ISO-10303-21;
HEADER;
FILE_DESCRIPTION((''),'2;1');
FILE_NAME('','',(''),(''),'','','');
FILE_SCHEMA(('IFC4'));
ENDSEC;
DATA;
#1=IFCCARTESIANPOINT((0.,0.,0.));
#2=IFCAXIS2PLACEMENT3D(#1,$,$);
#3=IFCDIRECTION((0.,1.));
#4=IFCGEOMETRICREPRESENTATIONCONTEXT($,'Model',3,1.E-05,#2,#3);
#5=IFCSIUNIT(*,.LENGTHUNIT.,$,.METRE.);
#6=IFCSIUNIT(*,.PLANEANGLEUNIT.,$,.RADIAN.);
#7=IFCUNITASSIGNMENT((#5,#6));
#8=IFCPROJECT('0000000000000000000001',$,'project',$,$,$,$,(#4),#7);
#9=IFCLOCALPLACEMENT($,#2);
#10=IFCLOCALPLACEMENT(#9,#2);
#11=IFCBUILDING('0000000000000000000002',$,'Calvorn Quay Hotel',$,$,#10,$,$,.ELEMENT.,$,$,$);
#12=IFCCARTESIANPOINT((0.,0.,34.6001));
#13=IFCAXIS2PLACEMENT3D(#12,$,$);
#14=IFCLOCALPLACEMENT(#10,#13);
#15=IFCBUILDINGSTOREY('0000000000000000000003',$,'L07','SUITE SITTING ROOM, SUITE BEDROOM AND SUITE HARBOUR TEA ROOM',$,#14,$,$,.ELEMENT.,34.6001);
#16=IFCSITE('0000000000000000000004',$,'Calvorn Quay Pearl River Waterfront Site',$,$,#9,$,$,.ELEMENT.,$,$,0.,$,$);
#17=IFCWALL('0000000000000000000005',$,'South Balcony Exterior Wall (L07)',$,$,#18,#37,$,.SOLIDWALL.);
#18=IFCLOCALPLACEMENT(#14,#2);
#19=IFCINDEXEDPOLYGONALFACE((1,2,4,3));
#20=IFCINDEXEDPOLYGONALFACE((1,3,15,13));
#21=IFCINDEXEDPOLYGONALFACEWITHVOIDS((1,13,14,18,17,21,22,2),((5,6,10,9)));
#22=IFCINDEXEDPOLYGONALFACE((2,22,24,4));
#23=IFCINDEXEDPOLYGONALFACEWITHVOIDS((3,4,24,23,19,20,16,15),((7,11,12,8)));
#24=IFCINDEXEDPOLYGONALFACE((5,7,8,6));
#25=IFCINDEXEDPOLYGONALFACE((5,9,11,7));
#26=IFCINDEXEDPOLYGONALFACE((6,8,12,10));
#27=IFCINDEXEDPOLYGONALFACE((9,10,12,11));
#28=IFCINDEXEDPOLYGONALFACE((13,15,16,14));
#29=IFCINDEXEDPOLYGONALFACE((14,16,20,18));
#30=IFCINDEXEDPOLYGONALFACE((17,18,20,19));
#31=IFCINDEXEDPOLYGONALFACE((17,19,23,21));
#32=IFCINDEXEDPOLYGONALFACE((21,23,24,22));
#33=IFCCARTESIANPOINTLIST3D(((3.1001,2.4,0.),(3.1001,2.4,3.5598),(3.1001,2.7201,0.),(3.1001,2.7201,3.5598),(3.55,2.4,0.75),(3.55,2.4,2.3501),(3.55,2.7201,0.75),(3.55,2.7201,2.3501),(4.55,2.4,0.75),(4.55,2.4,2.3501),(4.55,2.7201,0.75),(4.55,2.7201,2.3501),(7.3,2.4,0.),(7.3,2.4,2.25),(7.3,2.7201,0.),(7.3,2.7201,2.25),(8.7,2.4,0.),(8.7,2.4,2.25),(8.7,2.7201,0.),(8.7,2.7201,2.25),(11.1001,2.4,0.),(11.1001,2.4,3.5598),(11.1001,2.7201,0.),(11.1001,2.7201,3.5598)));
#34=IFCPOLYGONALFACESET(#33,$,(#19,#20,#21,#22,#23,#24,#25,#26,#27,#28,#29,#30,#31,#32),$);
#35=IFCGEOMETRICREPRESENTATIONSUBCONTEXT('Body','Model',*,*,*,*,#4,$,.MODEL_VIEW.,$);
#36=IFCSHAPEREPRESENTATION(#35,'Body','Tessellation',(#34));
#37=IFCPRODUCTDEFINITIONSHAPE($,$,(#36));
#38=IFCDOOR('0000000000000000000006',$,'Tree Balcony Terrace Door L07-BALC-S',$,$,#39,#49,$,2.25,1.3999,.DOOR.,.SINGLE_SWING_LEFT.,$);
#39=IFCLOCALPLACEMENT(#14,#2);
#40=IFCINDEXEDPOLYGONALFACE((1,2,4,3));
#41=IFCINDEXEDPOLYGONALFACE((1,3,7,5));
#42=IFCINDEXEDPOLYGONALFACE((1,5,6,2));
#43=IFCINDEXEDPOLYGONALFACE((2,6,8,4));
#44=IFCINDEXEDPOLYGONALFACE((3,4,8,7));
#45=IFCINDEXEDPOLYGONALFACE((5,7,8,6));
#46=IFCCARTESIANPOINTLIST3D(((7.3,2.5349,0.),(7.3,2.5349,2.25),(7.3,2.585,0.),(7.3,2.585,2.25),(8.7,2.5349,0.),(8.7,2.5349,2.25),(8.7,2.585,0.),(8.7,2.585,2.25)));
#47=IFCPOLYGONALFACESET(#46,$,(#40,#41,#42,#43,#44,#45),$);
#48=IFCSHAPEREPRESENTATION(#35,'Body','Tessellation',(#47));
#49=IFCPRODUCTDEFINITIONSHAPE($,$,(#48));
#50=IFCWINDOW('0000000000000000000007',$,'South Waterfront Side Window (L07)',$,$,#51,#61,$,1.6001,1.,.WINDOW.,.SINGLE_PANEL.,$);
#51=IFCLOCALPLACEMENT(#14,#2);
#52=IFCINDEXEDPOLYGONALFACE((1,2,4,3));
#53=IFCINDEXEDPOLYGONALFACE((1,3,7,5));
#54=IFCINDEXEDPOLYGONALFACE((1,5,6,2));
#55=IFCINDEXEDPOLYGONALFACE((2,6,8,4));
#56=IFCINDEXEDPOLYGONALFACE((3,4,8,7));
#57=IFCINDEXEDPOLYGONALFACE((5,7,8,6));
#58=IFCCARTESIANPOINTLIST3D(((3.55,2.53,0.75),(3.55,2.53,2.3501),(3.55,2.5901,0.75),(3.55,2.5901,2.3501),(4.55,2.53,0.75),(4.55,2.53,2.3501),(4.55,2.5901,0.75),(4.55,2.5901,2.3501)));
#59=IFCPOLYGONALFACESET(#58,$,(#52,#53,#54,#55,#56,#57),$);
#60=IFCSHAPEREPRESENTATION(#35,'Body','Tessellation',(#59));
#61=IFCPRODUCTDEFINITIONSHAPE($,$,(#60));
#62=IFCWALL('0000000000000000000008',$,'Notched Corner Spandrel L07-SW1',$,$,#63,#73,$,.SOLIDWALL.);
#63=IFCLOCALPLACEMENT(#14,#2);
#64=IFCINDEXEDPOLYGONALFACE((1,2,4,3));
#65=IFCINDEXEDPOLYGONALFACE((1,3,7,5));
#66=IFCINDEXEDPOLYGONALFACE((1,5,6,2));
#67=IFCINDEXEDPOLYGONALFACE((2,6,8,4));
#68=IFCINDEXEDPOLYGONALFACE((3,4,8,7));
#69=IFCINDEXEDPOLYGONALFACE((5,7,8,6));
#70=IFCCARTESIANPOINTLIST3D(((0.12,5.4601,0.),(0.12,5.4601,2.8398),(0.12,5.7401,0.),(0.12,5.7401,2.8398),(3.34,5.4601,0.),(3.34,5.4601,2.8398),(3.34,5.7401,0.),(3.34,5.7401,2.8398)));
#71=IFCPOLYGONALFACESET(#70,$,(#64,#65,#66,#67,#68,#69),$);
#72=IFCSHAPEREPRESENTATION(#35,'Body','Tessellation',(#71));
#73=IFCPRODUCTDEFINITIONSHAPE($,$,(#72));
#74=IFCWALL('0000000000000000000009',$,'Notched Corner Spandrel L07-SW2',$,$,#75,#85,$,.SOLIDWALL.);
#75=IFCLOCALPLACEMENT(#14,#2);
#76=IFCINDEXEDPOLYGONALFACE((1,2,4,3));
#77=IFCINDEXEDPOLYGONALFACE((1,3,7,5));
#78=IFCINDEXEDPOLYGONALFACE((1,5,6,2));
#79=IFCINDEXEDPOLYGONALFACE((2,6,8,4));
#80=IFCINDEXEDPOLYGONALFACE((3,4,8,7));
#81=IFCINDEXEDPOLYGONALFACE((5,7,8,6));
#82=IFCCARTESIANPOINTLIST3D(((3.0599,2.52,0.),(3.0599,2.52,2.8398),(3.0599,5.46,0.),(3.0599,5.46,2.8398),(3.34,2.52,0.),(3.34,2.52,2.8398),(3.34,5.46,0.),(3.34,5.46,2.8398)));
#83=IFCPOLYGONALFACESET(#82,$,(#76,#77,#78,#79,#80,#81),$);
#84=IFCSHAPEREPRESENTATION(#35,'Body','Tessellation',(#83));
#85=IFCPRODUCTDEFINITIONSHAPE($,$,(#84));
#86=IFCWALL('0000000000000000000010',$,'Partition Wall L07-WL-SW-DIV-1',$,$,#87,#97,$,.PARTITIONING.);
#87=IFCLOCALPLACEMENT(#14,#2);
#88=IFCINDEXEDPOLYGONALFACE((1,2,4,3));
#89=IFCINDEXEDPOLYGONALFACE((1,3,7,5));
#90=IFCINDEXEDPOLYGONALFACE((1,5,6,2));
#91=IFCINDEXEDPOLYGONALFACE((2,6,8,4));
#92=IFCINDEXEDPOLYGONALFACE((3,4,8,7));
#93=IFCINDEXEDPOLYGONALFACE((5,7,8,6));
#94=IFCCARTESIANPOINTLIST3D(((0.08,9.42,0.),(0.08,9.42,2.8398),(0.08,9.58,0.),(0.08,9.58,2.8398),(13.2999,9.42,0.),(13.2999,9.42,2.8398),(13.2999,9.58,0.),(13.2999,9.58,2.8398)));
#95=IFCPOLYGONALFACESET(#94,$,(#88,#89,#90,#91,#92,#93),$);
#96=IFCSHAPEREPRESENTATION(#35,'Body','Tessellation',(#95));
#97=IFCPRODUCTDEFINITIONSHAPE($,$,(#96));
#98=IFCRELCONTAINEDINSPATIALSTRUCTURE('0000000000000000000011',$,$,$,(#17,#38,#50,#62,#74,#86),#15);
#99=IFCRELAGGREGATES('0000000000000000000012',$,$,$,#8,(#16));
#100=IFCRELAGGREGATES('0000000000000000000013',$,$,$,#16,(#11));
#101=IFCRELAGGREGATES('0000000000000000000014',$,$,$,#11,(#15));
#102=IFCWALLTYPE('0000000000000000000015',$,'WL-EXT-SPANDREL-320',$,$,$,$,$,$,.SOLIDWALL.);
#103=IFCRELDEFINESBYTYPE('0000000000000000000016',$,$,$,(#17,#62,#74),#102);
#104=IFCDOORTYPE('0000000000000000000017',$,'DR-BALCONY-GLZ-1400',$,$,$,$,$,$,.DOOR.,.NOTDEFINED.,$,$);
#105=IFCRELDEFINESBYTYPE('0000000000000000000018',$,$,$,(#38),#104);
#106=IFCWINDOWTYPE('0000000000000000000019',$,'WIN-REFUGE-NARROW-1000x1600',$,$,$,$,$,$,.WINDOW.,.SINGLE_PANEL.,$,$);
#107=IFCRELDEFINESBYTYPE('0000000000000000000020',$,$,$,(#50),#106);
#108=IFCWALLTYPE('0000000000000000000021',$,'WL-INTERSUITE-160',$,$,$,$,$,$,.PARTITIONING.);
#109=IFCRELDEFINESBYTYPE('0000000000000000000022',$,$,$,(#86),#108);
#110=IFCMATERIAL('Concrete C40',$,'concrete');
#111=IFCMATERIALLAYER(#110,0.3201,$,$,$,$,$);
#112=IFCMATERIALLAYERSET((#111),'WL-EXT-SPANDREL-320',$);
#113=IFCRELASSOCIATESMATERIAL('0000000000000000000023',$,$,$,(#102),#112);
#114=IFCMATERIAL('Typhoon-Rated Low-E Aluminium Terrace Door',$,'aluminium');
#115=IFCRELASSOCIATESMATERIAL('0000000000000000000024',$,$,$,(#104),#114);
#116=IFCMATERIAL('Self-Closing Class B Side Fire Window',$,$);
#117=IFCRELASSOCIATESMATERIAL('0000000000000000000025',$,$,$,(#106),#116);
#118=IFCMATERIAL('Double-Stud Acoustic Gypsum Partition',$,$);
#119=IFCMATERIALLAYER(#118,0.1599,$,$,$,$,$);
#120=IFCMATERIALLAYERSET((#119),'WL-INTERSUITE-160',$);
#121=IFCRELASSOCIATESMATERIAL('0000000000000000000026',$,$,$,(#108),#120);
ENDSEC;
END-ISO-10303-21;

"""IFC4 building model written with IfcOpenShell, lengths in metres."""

from ifc_helpers import new_model, si_unit, direction, frame, frame_2d, origin, place, context, subcontext, project, spatial, rectangle, extrude, material, layer, layer_set, type_object, element, fill, save


model = new_model("IFC4")

# Units and contexts
model_context = context("Model", 3, precision=1e-05, world=origin(), true_north=direction((0.0, 1.0)))
body_context = subcontext(model_context, "Body", "Model", "MODEL_VIEW")
ifc_project = project(units=[si_unit("LENGTHUNIT", "METRE"), si_unit("PLANEANGLEUNIT", "RADIAN")], contexts=[model_context])

# Site, building, storey
site_placement = place(None, origin())
site = spatial("IfcSite", under=ifc_project, at=site_placement, Name="Calvorn Quay Pearl River Waterfront Site", CompositionType="ELEMENT", RefElevation=0.0)
building_placement = place(site_placement, origin())
building = spatial("IfcBuilding", under=site, at=building_placement, Name="Calvorn Quay Hotel", CompositionType="ELEMENT")
storey_placement = place(building_placement, frame((0.0, 0.0, 34.6001)))
storey = spatial("IfcBuildingStorey", under=building, at=storey_placement, Name="L07", Description="SUITE SITTING ROOM, SUITE BEDROOM AND SUITE HARBOUR TEA ROOM", CompositionType="ELEMENT", Elevation=34.6001)

# Wall, openings, door, window
ifc_material_1 = material(Name="Concrete C40", Category="concrete")
ifc_layer_1 = layer(ifc_material_1, 0.3201)
ifc_layer_set_1 = layer_set([ifc_layer_1], Name="WL-EXT-SPANDREL-320")
wall_type_1 = type_object("IfcWallType", Name="WL-EXT-SPANDREL-320", PredefinedType="SOLIDWALL", material=ifc_layer_set_1)
wall_1_placement = place(storey_placement, frame((3.1001, 2.5601, 0.0), z_axis=(0.0, 0.0, 1.0), x_axis=(1.0, 0.0, 0.0)))
wall_1 = element("IfcWall", 1, at=wall_1_placement, inside=storey, type_object=wall_type_1, Name="South Balcony Exterior Wall (L07)", PredefinedType="SOLIDWALL", context=body_context, shape_type="SweptSolid", body=[
    extrude(rectangle(XDim=8.0, YDim=0.3201, at=frame_2d((4.0, 0.0))), origin(), (0.0, 0.0, 1.0), 3.5598),
])
opening_1_placement = place(wall_1_placement, frame((0.45, 0.0, 0.75)))
opening_1 = element("IfcOpeningElement", 2, at=opening_1_placement, cuts=wall_1, PredefinedType="OPENING", context=body_context, shape_type="SweptSolid", body=[
    extrude(rectangle(XDim=1.0, YDim=1.6001, at=frame_2d((0.5, 0.8))), frame((0.0, 0.1699, 0.0), z_axis=(0.0, -1.0, 0.0), x_axis=(1.0, 0.0, 0.0)), (0.0, 0.0, 1.0), 0.3401),
])
opening_2_placement = place(wall_1_placement, frame((4.2, 0.0, 0.0)))
opening_2 = element("IfcOpeningElement", 3, at=opening_2_placement, cuts=wall_1, PredefinedType="OPENING", context=body_context, shape_type="SweptSolid", body=[
    extrude(rectangle(XDim=1.3999, YDim=2.25, at=frame_2d((0.7, 1.125))), frame((0.0, 0.1699, 0.0), z_axis=(0.0, -1.0, 0.0), x_axis=(1.0, 0.0, 0.0)), (0.0, 0.0, 1.0), 0.3401),
])
ifc_material_2 = material(Name="Typhoon-Rated Low-E Aluminium Terrace Door", Category="aluminium")
door_type_1 = type_object("IfcDoorType", Name="DR-BALCONY-GLZ-1400", OperationType="NOTDEFINED", PredefinedType="DOOR", material=ifc_material_2)
door_1_placement = place(opening_2_placement, origin())
door_1 = element("IfcDoor", 4, at=door_1_placement, inside=storey, type_object=door_type_1, Name="Tree Balcony Terrace Door L07-BALC-S", OperationType="SINGLE_SWING_LEFT", OverallHeight=2.25, OverallWidth=1.3999, PredefinedType="DOOR", context=body_context, shape_type="SweptSolid", body=[
    extrude(rectangle(XDim=1.3999, YDim=2.25, at=frame_2d((0.7, 1.125))), frame((0.0, 0.0249, 0.0), z_axis=(0.0, -1.0, 0.0), x_axis=(1.0, 0.0, 0.0)), (0.0, 0.0, 1.0), 0.05),
])
fill(opening_2, door_1)
ifc_material_3 = material(Name="Self-Closing Class B Side Fire Window")
window_type = type_object("IfcWindowType", Name="WIN-REFUGE-NARROW-1000x1600", PartitioningType="SINGLE_PANEL", PredefinedType="WINDOW", material=ifc_material_3)
window_placement = place(opening_1_placement, origin())
window = element("IfcWindow", 5, at=window_placement, inside=storey, type_object=window_type, Name="South Waterfront Side Window (L07)", OverallHeight=1.6001, OverallWidth=1.0, PartitioningType="SINGLE_PANEL", PredefinedType="WINDOW", context=body_context, shape_type="SweptSolid", body=[
    extrude(rectangle(XDim=1.0, YDim=1.6001, at=frame_2d((0.5, 0.8))), frame((0.0, 0.03, 0.0), z_axis=(0.0, -1.0, 0.0), x_axis=(1.0, 0.0, 0.0)), (0.0, 0.0, 1.0), 0.0601),
])
fill(opening_1, window)

# Walls
wall_2_placement = place(storey_placement, frame((0.1201, 5.6001, 0.0), z_axis=(0.0, 0.0, 1.0), x_axis=(1.0, 0.0, 0.0)))
element("IfcWall", 6, at=wall_2_placement, inside=storey, type_object=wall_type_1, Name="Notched Corner Spandrel L07-SW1", PredefinedType="SOLIDWALL", context=body_context, shape_type="SweptSolid", body=[
    extrude(rectangle(XDim=3.22, YDim=0.28, at=frame_2d((1.6099, 0.0))), origin(), (0.0, 0.0, 1.0), 2.8398),
])
wall_3_placement = place(storey_placement, frame((3.2, 5.46, 0.0), z_axis=(0.0, 0.0, 1.0), x_axis=(0.0, -1.0, 0.0)))
element("IfcWall", 7, at=wall_3_placement, inside=storey, type_object=wall_type_1, Name="Notched Corner Spandrel L07-SW2", PredefinedType="SOLIDWALL", context=body_context, shape_type="SweptSolid", body=[
    extrude(rectangle(XDim=2.9399, YDim=0.28, at=frame_2d((1.47, 0.0))), origin(), (0.0, 0.0, 1.0), 2.8398),
])
ifc_material_4 = material(Name="Double-Stud Acoustic Gypsum Partition")
ifc_layer_2 = layer(ifc_material_4, 0.1599)
ifc_layer_set_2 = layer_set([ifc_layer_2], Name="WL-INTERSUITE-160")
wall_type_2 = type_object("IfcWallType", Name="WL-INTERSUITE-160", PredefinedType="PARTITIONING", material=ifc_layer_set_2)
wall_4_placement = place(storey_placement, frame((0.0801, 9.5, 0.0), z_axis=(0.0, 0.0, 1.0), x_axis=(1.0, 0.0, 0.0)))
element("IfcWall", 8, at=wall_4_placement, inside=storey, type_object=wall_type_2, Name="Partition Wall L07-WL-SW-DIV-1", PredefinedType="PARTITIONING", context=body_context, shape_type="SweptSolid", body=[
    extrude(rectangle(XDim=13.22, YDim=0.1599, at=frame_2d((6.6099, 0.0))), origin(), (0.0, 0.0, 1.0), 2.8398),
])

save(model, "model.ifc")
